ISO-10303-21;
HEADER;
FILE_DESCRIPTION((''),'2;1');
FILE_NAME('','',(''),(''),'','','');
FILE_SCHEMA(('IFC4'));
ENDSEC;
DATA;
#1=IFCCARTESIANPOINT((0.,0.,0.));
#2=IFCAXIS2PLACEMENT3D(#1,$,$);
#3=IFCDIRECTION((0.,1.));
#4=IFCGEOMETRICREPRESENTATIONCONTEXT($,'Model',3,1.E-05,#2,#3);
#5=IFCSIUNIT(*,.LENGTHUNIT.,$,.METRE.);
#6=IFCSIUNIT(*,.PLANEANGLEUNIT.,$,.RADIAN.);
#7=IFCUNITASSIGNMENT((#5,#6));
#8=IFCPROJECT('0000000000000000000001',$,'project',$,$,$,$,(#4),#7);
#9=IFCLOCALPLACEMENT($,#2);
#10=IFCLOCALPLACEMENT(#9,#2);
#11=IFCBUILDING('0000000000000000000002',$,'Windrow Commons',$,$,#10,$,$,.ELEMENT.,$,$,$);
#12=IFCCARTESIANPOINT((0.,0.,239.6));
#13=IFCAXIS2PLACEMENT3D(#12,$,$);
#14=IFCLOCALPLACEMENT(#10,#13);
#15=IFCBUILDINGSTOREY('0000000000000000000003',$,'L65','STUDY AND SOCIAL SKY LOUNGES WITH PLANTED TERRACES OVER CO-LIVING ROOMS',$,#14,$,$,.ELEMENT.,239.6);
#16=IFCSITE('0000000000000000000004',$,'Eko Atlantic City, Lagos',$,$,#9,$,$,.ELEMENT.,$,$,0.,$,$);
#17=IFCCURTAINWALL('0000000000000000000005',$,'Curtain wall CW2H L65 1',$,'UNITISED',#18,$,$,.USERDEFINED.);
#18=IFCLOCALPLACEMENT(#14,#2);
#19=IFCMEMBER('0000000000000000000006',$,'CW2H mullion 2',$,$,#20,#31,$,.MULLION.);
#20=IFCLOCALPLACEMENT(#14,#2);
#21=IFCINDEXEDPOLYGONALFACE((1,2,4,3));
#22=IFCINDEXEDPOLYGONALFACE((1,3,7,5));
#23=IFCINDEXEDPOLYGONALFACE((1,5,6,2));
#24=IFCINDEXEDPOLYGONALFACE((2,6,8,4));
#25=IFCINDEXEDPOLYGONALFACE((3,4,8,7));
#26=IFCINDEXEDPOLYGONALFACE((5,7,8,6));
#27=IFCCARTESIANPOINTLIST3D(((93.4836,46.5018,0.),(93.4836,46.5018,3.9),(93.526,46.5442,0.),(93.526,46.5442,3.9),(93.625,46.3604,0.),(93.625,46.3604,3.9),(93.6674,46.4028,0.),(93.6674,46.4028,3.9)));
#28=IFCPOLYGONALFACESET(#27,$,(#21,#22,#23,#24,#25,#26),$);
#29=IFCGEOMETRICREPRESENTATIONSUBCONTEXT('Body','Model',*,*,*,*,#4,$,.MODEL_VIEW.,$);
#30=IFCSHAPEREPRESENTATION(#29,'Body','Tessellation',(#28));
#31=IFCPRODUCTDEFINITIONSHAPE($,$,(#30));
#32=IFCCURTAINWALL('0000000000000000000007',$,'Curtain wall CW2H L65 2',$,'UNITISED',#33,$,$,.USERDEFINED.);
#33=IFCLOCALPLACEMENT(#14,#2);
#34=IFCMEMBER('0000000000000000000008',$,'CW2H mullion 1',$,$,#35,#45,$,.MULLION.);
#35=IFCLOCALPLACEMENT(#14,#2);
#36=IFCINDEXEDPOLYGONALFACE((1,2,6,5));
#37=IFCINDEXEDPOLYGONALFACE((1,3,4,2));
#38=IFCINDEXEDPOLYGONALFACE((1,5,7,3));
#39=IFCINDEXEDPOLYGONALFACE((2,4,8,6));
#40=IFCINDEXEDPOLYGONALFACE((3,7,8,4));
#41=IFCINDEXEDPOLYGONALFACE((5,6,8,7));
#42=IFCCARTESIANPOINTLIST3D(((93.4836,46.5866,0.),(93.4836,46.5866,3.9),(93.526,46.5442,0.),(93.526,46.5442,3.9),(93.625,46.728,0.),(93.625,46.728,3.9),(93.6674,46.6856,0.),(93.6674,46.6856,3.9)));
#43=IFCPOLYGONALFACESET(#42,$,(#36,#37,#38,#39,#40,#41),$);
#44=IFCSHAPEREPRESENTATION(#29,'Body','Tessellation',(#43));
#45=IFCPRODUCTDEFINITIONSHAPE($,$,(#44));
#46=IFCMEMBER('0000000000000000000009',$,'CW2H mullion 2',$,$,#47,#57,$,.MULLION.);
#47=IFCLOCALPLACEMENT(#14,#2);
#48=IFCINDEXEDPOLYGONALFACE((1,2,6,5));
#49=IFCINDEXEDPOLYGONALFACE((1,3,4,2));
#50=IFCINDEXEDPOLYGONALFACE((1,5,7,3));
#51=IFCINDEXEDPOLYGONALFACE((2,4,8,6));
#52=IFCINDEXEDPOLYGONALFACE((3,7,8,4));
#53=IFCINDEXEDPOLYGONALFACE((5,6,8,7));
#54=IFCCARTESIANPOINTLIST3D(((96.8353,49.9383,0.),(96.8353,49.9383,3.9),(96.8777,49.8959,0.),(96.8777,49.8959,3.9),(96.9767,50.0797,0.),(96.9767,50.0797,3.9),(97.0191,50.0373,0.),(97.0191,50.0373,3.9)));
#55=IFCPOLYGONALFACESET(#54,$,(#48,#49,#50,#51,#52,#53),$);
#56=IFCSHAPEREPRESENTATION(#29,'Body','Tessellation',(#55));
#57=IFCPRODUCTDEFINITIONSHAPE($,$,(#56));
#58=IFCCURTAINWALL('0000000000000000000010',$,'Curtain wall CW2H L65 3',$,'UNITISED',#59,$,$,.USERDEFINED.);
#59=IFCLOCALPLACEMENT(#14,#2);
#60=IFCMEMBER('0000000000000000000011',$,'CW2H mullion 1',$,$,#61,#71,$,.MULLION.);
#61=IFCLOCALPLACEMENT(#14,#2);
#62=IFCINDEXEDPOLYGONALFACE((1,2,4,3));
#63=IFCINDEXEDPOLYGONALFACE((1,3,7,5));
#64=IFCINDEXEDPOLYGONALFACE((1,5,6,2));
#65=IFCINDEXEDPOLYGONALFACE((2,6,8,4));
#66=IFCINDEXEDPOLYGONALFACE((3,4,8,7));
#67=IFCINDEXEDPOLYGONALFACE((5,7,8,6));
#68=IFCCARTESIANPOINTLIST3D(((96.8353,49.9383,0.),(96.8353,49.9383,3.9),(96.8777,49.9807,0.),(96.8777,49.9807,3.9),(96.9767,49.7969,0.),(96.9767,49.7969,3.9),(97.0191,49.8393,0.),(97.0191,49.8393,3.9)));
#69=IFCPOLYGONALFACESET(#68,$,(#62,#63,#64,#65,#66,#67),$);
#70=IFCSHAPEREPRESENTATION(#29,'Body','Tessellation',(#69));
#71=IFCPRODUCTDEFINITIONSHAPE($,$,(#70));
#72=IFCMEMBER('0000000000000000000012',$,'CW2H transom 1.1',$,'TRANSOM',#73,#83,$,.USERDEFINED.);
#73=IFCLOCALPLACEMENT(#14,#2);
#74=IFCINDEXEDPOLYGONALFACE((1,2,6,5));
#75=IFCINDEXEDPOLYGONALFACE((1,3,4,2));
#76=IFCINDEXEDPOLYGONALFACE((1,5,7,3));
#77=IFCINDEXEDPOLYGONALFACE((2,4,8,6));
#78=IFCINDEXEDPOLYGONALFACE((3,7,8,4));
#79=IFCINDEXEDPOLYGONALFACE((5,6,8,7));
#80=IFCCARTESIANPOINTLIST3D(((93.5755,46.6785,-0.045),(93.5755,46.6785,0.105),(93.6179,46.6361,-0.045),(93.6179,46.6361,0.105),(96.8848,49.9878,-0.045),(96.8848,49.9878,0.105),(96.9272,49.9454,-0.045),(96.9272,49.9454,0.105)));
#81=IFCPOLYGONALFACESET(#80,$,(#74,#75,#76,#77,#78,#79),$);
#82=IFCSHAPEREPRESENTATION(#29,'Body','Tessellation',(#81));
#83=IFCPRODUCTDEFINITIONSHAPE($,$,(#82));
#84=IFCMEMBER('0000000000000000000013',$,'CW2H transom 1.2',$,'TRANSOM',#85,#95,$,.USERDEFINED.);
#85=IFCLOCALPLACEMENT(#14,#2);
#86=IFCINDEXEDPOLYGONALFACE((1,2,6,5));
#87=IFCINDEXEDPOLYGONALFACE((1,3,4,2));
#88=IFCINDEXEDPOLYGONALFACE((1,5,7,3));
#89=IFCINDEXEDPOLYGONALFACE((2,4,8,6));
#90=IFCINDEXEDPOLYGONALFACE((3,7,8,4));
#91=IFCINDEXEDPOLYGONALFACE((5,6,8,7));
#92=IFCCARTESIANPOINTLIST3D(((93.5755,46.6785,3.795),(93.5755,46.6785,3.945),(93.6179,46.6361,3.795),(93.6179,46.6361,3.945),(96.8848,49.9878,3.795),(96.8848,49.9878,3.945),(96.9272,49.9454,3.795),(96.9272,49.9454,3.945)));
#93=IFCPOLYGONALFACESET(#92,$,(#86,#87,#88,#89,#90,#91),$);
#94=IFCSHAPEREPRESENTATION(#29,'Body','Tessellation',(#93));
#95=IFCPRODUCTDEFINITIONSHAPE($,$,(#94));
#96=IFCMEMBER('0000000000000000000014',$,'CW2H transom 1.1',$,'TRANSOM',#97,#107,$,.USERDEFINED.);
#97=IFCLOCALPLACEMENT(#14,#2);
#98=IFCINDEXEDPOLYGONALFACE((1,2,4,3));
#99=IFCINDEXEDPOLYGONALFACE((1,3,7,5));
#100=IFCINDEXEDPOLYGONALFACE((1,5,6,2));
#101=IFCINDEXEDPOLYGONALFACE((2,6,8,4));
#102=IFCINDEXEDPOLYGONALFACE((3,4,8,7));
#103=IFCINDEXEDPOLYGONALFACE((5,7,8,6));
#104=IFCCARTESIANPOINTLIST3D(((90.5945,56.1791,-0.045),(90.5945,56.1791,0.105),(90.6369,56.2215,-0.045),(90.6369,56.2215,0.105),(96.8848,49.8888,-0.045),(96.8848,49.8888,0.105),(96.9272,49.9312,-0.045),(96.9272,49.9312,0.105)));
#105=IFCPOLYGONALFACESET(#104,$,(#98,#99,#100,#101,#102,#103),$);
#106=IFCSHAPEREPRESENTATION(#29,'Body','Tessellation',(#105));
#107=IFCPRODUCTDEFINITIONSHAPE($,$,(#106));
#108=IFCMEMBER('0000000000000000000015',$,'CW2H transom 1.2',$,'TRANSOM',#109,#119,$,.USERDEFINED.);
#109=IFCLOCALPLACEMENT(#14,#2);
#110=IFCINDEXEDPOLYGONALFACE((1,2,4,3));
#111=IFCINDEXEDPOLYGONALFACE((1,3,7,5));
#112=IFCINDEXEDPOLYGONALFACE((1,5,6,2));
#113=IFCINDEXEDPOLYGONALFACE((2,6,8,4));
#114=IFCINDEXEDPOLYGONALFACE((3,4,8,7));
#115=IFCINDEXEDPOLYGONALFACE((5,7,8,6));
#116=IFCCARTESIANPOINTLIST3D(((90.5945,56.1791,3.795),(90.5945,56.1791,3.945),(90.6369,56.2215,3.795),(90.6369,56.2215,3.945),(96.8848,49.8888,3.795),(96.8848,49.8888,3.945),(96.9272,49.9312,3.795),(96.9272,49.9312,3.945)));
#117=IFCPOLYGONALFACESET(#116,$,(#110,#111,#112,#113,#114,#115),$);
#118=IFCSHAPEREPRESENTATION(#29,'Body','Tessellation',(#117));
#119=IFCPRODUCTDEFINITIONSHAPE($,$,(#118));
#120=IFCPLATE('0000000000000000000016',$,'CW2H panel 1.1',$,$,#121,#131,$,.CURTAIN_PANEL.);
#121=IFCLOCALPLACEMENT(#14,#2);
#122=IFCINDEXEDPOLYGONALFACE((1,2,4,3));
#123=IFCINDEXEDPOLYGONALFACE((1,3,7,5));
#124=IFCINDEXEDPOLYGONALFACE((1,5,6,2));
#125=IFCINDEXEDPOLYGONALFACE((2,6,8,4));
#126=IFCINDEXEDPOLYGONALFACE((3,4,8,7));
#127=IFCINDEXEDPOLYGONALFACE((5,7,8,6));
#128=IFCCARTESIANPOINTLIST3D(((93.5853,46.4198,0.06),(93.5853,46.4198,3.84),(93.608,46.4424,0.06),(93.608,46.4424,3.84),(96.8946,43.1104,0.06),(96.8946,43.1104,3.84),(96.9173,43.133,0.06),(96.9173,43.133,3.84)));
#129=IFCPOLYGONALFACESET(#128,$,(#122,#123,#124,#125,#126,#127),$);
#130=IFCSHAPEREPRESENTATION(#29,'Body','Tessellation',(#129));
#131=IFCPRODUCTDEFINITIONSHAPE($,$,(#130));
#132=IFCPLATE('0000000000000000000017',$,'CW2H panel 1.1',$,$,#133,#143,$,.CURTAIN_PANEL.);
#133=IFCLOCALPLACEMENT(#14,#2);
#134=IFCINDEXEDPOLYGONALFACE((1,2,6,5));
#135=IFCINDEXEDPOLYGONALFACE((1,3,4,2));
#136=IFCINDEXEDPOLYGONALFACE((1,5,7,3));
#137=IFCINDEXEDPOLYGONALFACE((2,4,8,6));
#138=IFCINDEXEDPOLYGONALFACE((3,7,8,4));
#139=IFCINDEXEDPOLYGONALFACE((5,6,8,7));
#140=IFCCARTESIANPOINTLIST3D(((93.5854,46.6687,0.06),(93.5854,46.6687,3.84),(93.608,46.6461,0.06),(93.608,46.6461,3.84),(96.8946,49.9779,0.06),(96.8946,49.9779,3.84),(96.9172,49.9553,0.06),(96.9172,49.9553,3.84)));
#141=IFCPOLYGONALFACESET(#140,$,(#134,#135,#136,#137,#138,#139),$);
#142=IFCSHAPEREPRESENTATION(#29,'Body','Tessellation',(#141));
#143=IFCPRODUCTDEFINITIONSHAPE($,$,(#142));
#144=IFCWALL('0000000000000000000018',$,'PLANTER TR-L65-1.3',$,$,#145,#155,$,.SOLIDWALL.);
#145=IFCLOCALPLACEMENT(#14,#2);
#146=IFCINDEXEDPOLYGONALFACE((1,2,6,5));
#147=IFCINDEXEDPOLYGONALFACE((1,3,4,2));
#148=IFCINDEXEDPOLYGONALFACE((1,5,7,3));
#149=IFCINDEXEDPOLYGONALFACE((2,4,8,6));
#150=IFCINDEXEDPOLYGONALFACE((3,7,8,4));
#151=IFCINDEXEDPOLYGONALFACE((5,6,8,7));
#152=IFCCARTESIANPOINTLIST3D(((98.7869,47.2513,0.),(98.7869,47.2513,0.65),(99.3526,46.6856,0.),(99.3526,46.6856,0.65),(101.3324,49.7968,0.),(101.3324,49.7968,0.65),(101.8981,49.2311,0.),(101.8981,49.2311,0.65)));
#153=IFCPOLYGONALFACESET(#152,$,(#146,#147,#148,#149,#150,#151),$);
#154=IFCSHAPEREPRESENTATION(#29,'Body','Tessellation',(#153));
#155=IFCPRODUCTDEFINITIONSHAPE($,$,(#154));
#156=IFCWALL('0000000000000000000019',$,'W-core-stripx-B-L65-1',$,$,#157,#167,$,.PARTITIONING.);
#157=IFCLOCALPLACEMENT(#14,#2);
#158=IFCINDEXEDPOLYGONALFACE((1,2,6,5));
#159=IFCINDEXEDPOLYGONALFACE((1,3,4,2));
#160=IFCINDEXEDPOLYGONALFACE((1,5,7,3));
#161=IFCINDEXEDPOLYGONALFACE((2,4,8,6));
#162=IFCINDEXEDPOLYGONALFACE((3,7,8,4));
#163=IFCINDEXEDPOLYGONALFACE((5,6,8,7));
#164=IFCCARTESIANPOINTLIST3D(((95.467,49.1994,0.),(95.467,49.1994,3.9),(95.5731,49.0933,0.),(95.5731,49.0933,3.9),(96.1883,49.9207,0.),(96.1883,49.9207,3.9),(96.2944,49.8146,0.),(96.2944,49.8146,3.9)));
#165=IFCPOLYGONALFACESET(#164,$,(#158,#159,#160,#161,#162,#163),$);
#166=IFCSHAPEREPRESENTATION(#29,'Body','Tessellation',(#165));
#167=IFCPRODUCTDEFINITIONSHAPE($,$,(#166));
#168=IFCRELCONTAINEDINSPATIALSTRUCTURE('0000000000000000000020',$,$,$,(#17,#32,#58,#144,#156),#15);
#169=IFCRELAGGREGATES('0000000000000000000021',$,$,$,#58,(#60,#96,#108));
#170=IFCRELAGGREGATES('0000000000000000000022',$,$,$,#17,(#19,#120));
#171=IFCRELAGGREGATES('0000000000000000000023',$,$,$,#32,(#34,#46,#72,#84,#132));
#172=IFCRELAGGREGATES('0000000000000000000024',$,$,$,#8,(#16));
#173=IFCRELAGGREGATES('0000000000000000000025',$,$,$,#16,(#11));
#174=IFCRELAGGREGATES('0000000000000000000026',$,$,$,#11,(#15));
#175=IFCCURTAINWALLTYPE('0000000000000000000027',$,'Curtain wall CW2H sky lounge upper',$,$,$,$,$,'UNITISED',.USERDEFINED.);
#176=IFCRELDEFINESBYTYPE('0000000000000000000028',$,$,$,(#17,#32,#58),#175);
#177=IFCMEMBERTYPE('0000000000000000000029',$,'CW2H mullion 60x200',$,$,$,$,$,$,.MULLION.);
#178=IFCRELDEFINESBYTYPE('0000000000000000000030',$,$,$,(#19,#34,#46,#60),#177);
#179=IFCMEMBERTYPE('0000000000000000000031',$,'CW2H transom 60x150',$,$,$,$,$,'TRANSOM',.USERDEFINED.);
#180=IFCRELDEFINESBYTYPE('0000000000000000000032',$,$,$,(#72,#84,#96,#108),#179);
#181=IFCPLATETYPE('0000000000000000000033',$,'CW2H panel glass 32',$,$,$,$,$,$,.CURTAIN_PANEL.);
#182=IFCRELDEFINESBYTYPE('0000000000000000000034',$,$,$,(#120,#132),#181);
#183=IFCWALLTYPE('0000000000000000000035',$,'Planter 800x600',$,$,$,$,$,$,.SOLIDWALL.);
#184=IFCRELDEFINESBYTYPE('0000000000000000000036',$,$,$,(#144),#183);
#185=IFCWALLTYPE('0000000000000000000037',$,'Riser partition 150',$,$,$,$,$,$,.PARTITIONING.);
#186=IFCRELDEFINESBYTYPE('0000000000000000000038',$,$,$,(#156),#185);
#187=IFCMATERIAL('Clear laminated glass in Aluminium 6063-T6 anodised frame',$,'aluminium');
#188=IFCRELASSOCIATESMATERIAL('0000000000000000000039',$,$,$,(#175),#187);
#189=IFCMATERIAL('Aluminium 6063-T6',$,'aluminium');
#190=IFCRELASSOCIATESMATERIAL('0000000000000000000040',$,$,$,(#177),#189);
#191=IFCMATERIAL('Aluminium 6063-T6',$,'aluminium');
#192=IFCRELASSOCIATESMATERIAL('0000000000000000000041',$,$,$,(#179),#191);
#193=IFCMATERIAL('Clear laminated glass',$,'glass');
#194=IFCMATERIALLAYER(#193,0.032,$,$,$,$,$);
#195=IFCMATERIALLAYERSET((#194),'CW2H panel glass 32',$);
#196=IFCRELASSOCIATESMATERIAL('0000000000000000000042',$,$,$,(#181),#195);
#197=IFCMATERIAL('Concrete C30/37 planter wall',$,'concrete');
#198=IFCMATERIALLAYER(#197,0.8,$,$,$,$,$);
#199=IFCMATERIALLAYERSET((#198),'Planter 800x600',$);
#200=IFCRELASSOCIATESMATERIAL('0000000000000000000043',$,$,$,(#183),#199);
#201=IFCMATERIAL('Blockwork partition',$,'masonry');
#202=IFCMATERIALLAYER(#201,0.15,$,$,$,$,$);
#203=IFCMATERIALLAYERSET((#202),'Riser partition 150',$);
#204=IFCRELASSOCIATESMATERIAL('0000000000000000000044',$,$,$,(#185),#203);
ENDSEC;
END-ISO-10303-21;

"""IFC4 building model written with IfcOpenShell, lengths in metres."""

from ifc_helpers import new_model, si_unit, direction, frame, frame_2d, origin, origin_2d, place, context, subcontext, project, spatial, rectangle, extrude, material, layer, layer_set, material_profile, profile_set, type_object, element, aggregate, save


model = new_model("IFC4")

# Units and contexts
model_context = context("Model", 3, precision=1e-05, world=origin(), true_north=direction((0.0, 1.0)))
body_context = subcontext(model_context, "Body", "Model", "MODEL_VIEW")
ifc_project = project(units=[si_unit("LENGTHUNIT", "METRE"), si_unit("PLANEANGLEUNIT", "RADIAN")], contexts=[model_context])

# Site, building, storey
site_placement = place(None, origin())
site = spatial("IfcSite", under=ifc_project, at=site_placement, Name="Eko Atlantic City, Lagos", CompositionType="ELEMENT", RefElevation=0.0)
building_placement = place(site_placement, origin())
building = spatial("IfcBuilding", under=site, at=building_placement, Name="Windrow Commons", CompositionType="ELEMENT")
storey_placement = place(building_placement, frame((0.0, 0.0, 239.6)))
storey = spatial("IfcBuildingStorey", under=building, at=storey_placement, Name="L65", Description="STUDY AND SOCIAL SKY LOUNGES WITH PLANTED TERRACES OVER CO-LIVING ROOMS", CompositionType="ELEMENT", Elevation=239.6)

# Curtain wall, member
ifc_material_1 = material(Name="Clear laminated glass in Aluminium 6063-T6 anodised frame", Category="aluminium")
curtain_wall_type = type_object("IfcCurtainWallType", Name="Curtain wall CW2H sky lounge upper", ElementType="UNITISED", PredefinedType="USERDEFINED", material=ifc_material_1)
placement = place(storey_placement, origin())
curtain_wall_1 = element("IfcCurtainWall", 1, at=placement, inside=storey, type_object=curtain_wall_type, Name="Curtain wall CW2H L65 1", ObjectType="UNITISED", PredefinedType="USERDEFINED")
ifc_material_2 = material(Name="Aluminium 6063-T6", Category="aluminium")
ifc_material_profile_1 = material_profile(ifc_material_2, rectangle(XDim=0.06, YDim=0.2, at=origin_2d()))
ifc_profile_set_1 = profile_set([ifc_material_profile_1], Name="Aluminium 6063-T6")
member_type_1 = type_object("IfcMemberType", Name="CW2H mullion 60x200", PredefinedType="MULLION", material=ifc_profile_set_1)
member_1_placement = place(storey_placement, frame((93.5755, 46.4523, 0.0), z_axis=(0.0, 0.0, 1.0), x_axis=(-0.707117, -0.707096, 0.0)))
member_1 = element("IfcMember", 2, at=member_1_placement, type_object=member_type_1, Name="CW2H mullion 2", PredefinedType="MULLION", context=body_context, shape_type="SweptSolid", body=[
    extrude(rectangle(XDim=0.06, YDim=0.2, at=origin_2d()), origin(), (0.0, 0.0, 1.0), 3.9),
])

# Curtain wall, members
curtain_wall_2 = element("IfcCurtainWall", 3, at=placement, inside=storey, type_object=curtain_wall_type, Name="Curtain wall CW2H L65 2", ObjectType="UNITISED", PredefinedType="USERDEFINED")
member_2_placement = place(storey_placement, frame((93.5755, 46.6361, 0.0), z_axis=(0.0, 0.0, 1.0), x_axis=(-0.707107, 0.707107, 0.0)))
member_2 = element("IfcMember", 4, at=member_2_placement, type_object=member_type_1, Name="CW2H mullion 1", PredefinedType="MULLION", context=body_context, shape_type="SweptSolid", body=[
    extrude(rectangle(XDim=0.06, YDim=0.2, at=origin_2d()), origin(), (0.0, 0.0, 1.0), 3.9),
])
member_3_placement = place(storey_placement, frame((96.9272, 49.9878, 0.0), z_axis=(0.0, 0.0, 1.0), x_axis=(-0.707107, 0.707107, 0.0)))
member_3 = element("IfcMember", 5, at=member_3_placement, type_object=member_type_1, Name="CW2H mullion 2", PredefinedType="MULLION", context=body_context, shape_type="SweptSolid", body=[
    extrude(rectangle(XDim=0.06, YDim=0.2, at=origin_2d()), origin(), (0.0, 0.0, 1.0), 3.9),
])

# Curtain wall, member
curtain_wall_3 = element("IfcCurtainWall", 6, at=placement, inside=storey, type_object=curtain_wall_type, Name="Curtain wall CW2H L65 3", ObjectType="UNITISED", PredefinedType="USERDEFINED")
member_4_placement = place(storey_placement, frame((96.9272, 49.8888, 0.0), z_axis=(0.0, 0.0, 1.0), x_axis=(-0.707107, -0.707107, 0.0)))
member_4 = element("IfcMember", 7, at=member_4_placement, type_object=member_type_1, Name="CW2H mullion 1", PredefinedType="MULLION", context=body_context, shape_type="SweptSolid", body=[
    extrude(rectangle(XDim=0.06, YDim=0.2, at=origin_2d()), origin(), (0.0, 0.0, 1.0), 3.9),
])

# Members
ifc_material_3 = material(Name="Aluminium 6063-T6", Category="aluminium")
ifc_material_profile_2 = material_profile(ifc_material_3, rectangle(XDim=0.06, YDim=0.15, at=origin_2d()))
ifc_profile_set_2 = profile_set([ifc_material_profile_2], Name="Aluminium 6063-T6")
member_type_2 = type_object("IfcMemberType", Name="CW2H transom 60x150", ElementType="TRANSOM", PredefinedType="USERDEFINED", material=ifc_profile_set_2)
member_5_placement = place(storey_placement, frame((93.5967, 46.6573, 0.03), z_axis=(0.707107, 0.707107, 0.0), x_axis=(-0.707107, 0.707107, 0.0)))
member_5 = element("IfcMember", 8, at=member_5_placement, type_object=member_type_2, Name="CW2H transom 1.1", ObjectType="TRANSOM", PredefinedType="USERDEFINED", context=body_context, shape_type="SweptSolid", body=[
    extrude(rectangle(XDim=0.06, YDim=0.15, at=origin_2d()), origin(), (0.0, 0.0, 1.0), 4.6801),
])
member_6_placement = place(storey_placement, frame((93.5967, 46.6573, 3.87), z_axis=(0.707107, 0.707107, 0.0), x_axis=(-0.707107, 0.707107, 0.0)))
member_6 = element("IfcMember", 9, at=member_6_placement, type_object=member_type_2, Name="CW2H transom 1.2", ObjectType="TRANSOM", PredefinedType="USERDEFINED", context=body_context, shape_type="SweptSolid", body=[
    extrude(rectangle(XDim=0.06, YDim=0.15, at=origin_2d()), origin(), (0.0, 0.0, 1.0), 4.6801),
])
member_7_placement = place(storey_placement, frame((96.906, 49.91, 0.03), z_axis=(-0.707107, 0.707107, 0.0), x_axis=(-0.707107, -0.707107, 0.0)))
member_7 = element("IfcMember", 10, at=member_7_placement, type_object=member_type_2, Name="CW2H transom 1.1", ObjectType="TRANSOM", PredefinedType="USERDEFINED", context=body_context, shape_type="SweptSolid", body=[
    extrude(rectangle(XDim=0.06, YDim=0.15, at=origin_2d()), origin(), (0.0, 0.0, 1.0), 8.8958),
])
member_8_placement = place(storey_placement, frame((96.906, 49.91, 3.87), z_axis=(-0.707107, 0.707107, 0.0), x_axis=(-0.707107, -0.707107, 0.0)))
member_8 = element("IfcMember", 11, at=member_8_placement, type_object=member_type_2, Name="CW2H transom 1.2", ObjectType="TRANSOM", PredefinedType="USERDEFINED", context=body_context, shape_type="SweptSolid", body=[
    extrude(rectangle(XDim=0.06, YDim=0.15, at=origin_2d()), origin(), (0.0, 0.0, 1.0), 8.8958),
])
aggregate(curtain_wall_3, [member_4, member_7, member_8])

# Plates
ifc_material_4 = material(Name="Clear laminated glass", Category="glass")
ifc_layer_1 = layer(ifc_material_4, 0.032)
ifc_layer_set_1 = layer_set([ifc_layer_1], Name="CW2H panel glass 32")
plate_type = type_object("IfcPlateType", Name="CW2H panel glass 32", PredefinedType="CURTAIN_PANEL", material=ifc_layer_set_1)
plate_1_placement = place(storey_placement, frame((95.2513, 44.7764, 0.06), z_axis=(0.0, 0.0, 1.0), x_axis=(-0.707096, 0.707117, 0.0)))
plate_1 = element("IfcPlate", 12, at=plate_1_placement, type_object=plate_type, Name="CW2H panel 1.1", PredefinedType="CURTAIN_PANEL", context=body_context, shape_type="SweptSolid", body=[
    extrude(rectangle(XDim=4.6801, YDim=0.032, at=origin_2d()), origin(), (0.0, 0.0, 1.0), 3.78),
])
aggregate(curtain_wall_1, [member_1, plate_1])
plate_2_placement = place(storey_placement, frame((95.2513, 48.312, 0.06), z_axis=(0.0, 0.0, 1.0), x_axis=(0.707107, 0.707107, 0.0)))
plate_2 = element("IfcPlate", 13, at=plate_2_placement, type_object=plate_type, Name="CW2H panel 1.1", PredefinedType="CURTAIN_PANEL", context=body_context, shape_type="SweptSolid", body=[
    extrude(rectangle(XDim=4.68, YDim=0.032, at=origin_2d()), origin(), (0.0, 0.0, 1.0), 3.78),
])
aggregate(curtain_wall_2, [member_2, member_3, member_5, member_6, plate_2])

# Walls
ifc_material_5 = material(Name="Concrete C30/37 planter wall", Category="concrete")
ifc_layer_2 = layer(ifc_material_5, 0.8)
ifc_layer_set_2 = layer_set([ifc_layer_2], Name="Planter 800x600")
wall_type_1 = type_object("IfcWallType", Name="Planter 800x600", PredefinedType="SOLIDWALL", material=ifc_layer_set_2)
wall_1_placement = place(storey_placement, frame((99.0698, 46.9685, 0.0), z_axis=(0.0, 0.0, 1.0), x_axis=(0.707107, 0.707107, 0.0)))
element("IfcWall", 14, at=wall_1_placement, inside=storey, type_object=wall_type_1, Name="PLANTER TR-L65-1.3", PredefinedType="SOLIDWALL", context=body_context, shape_type="SweptSolid", body=[
    extrude(rectangle(XDim=3.5999, YDim=0.8, at=frame_2d((1.7999, 0.0))), origin(), (0.0, 0.0, 1.0), 0.65),
])
ifc_material_6 = material(Name="Blockwork partition", Category="masonry")
ifc_layer_3 = layer(ifc_material_6, 0.15)
ifc_layer_set_3 = layer_set([ifc_layer_3], Name="Riser partition 150")
wall_type_2 = type_object("IfcWallType", Name="Riser partition 150", PredefinedType="PARTITIONING", material=ifc_layer_set_3)
wall_2_placement = place(storey_placement, frame((95.52, 49.1463, 0.0), z_axis=(0.0, 0.0, 1.0), x_axis=(0.707107, 0.707107, 0.0)))
element("IfcWall", 15, at=wall_2_placement, inside=storey, type_object=wall_type_2, Name="W-core-stripx-B-L65-1", PredefinedType="PARTITIONING", context=body_context, shape_type="SweptSolid", body=[
    extrude(rectangle(XDim=1.0201, YDim=0.15, at=frame_2d((0.5101, 0.0))), origin(), (0.0, 0.0, 1.0), 3.9),
])

save(model, "model.ifc")
